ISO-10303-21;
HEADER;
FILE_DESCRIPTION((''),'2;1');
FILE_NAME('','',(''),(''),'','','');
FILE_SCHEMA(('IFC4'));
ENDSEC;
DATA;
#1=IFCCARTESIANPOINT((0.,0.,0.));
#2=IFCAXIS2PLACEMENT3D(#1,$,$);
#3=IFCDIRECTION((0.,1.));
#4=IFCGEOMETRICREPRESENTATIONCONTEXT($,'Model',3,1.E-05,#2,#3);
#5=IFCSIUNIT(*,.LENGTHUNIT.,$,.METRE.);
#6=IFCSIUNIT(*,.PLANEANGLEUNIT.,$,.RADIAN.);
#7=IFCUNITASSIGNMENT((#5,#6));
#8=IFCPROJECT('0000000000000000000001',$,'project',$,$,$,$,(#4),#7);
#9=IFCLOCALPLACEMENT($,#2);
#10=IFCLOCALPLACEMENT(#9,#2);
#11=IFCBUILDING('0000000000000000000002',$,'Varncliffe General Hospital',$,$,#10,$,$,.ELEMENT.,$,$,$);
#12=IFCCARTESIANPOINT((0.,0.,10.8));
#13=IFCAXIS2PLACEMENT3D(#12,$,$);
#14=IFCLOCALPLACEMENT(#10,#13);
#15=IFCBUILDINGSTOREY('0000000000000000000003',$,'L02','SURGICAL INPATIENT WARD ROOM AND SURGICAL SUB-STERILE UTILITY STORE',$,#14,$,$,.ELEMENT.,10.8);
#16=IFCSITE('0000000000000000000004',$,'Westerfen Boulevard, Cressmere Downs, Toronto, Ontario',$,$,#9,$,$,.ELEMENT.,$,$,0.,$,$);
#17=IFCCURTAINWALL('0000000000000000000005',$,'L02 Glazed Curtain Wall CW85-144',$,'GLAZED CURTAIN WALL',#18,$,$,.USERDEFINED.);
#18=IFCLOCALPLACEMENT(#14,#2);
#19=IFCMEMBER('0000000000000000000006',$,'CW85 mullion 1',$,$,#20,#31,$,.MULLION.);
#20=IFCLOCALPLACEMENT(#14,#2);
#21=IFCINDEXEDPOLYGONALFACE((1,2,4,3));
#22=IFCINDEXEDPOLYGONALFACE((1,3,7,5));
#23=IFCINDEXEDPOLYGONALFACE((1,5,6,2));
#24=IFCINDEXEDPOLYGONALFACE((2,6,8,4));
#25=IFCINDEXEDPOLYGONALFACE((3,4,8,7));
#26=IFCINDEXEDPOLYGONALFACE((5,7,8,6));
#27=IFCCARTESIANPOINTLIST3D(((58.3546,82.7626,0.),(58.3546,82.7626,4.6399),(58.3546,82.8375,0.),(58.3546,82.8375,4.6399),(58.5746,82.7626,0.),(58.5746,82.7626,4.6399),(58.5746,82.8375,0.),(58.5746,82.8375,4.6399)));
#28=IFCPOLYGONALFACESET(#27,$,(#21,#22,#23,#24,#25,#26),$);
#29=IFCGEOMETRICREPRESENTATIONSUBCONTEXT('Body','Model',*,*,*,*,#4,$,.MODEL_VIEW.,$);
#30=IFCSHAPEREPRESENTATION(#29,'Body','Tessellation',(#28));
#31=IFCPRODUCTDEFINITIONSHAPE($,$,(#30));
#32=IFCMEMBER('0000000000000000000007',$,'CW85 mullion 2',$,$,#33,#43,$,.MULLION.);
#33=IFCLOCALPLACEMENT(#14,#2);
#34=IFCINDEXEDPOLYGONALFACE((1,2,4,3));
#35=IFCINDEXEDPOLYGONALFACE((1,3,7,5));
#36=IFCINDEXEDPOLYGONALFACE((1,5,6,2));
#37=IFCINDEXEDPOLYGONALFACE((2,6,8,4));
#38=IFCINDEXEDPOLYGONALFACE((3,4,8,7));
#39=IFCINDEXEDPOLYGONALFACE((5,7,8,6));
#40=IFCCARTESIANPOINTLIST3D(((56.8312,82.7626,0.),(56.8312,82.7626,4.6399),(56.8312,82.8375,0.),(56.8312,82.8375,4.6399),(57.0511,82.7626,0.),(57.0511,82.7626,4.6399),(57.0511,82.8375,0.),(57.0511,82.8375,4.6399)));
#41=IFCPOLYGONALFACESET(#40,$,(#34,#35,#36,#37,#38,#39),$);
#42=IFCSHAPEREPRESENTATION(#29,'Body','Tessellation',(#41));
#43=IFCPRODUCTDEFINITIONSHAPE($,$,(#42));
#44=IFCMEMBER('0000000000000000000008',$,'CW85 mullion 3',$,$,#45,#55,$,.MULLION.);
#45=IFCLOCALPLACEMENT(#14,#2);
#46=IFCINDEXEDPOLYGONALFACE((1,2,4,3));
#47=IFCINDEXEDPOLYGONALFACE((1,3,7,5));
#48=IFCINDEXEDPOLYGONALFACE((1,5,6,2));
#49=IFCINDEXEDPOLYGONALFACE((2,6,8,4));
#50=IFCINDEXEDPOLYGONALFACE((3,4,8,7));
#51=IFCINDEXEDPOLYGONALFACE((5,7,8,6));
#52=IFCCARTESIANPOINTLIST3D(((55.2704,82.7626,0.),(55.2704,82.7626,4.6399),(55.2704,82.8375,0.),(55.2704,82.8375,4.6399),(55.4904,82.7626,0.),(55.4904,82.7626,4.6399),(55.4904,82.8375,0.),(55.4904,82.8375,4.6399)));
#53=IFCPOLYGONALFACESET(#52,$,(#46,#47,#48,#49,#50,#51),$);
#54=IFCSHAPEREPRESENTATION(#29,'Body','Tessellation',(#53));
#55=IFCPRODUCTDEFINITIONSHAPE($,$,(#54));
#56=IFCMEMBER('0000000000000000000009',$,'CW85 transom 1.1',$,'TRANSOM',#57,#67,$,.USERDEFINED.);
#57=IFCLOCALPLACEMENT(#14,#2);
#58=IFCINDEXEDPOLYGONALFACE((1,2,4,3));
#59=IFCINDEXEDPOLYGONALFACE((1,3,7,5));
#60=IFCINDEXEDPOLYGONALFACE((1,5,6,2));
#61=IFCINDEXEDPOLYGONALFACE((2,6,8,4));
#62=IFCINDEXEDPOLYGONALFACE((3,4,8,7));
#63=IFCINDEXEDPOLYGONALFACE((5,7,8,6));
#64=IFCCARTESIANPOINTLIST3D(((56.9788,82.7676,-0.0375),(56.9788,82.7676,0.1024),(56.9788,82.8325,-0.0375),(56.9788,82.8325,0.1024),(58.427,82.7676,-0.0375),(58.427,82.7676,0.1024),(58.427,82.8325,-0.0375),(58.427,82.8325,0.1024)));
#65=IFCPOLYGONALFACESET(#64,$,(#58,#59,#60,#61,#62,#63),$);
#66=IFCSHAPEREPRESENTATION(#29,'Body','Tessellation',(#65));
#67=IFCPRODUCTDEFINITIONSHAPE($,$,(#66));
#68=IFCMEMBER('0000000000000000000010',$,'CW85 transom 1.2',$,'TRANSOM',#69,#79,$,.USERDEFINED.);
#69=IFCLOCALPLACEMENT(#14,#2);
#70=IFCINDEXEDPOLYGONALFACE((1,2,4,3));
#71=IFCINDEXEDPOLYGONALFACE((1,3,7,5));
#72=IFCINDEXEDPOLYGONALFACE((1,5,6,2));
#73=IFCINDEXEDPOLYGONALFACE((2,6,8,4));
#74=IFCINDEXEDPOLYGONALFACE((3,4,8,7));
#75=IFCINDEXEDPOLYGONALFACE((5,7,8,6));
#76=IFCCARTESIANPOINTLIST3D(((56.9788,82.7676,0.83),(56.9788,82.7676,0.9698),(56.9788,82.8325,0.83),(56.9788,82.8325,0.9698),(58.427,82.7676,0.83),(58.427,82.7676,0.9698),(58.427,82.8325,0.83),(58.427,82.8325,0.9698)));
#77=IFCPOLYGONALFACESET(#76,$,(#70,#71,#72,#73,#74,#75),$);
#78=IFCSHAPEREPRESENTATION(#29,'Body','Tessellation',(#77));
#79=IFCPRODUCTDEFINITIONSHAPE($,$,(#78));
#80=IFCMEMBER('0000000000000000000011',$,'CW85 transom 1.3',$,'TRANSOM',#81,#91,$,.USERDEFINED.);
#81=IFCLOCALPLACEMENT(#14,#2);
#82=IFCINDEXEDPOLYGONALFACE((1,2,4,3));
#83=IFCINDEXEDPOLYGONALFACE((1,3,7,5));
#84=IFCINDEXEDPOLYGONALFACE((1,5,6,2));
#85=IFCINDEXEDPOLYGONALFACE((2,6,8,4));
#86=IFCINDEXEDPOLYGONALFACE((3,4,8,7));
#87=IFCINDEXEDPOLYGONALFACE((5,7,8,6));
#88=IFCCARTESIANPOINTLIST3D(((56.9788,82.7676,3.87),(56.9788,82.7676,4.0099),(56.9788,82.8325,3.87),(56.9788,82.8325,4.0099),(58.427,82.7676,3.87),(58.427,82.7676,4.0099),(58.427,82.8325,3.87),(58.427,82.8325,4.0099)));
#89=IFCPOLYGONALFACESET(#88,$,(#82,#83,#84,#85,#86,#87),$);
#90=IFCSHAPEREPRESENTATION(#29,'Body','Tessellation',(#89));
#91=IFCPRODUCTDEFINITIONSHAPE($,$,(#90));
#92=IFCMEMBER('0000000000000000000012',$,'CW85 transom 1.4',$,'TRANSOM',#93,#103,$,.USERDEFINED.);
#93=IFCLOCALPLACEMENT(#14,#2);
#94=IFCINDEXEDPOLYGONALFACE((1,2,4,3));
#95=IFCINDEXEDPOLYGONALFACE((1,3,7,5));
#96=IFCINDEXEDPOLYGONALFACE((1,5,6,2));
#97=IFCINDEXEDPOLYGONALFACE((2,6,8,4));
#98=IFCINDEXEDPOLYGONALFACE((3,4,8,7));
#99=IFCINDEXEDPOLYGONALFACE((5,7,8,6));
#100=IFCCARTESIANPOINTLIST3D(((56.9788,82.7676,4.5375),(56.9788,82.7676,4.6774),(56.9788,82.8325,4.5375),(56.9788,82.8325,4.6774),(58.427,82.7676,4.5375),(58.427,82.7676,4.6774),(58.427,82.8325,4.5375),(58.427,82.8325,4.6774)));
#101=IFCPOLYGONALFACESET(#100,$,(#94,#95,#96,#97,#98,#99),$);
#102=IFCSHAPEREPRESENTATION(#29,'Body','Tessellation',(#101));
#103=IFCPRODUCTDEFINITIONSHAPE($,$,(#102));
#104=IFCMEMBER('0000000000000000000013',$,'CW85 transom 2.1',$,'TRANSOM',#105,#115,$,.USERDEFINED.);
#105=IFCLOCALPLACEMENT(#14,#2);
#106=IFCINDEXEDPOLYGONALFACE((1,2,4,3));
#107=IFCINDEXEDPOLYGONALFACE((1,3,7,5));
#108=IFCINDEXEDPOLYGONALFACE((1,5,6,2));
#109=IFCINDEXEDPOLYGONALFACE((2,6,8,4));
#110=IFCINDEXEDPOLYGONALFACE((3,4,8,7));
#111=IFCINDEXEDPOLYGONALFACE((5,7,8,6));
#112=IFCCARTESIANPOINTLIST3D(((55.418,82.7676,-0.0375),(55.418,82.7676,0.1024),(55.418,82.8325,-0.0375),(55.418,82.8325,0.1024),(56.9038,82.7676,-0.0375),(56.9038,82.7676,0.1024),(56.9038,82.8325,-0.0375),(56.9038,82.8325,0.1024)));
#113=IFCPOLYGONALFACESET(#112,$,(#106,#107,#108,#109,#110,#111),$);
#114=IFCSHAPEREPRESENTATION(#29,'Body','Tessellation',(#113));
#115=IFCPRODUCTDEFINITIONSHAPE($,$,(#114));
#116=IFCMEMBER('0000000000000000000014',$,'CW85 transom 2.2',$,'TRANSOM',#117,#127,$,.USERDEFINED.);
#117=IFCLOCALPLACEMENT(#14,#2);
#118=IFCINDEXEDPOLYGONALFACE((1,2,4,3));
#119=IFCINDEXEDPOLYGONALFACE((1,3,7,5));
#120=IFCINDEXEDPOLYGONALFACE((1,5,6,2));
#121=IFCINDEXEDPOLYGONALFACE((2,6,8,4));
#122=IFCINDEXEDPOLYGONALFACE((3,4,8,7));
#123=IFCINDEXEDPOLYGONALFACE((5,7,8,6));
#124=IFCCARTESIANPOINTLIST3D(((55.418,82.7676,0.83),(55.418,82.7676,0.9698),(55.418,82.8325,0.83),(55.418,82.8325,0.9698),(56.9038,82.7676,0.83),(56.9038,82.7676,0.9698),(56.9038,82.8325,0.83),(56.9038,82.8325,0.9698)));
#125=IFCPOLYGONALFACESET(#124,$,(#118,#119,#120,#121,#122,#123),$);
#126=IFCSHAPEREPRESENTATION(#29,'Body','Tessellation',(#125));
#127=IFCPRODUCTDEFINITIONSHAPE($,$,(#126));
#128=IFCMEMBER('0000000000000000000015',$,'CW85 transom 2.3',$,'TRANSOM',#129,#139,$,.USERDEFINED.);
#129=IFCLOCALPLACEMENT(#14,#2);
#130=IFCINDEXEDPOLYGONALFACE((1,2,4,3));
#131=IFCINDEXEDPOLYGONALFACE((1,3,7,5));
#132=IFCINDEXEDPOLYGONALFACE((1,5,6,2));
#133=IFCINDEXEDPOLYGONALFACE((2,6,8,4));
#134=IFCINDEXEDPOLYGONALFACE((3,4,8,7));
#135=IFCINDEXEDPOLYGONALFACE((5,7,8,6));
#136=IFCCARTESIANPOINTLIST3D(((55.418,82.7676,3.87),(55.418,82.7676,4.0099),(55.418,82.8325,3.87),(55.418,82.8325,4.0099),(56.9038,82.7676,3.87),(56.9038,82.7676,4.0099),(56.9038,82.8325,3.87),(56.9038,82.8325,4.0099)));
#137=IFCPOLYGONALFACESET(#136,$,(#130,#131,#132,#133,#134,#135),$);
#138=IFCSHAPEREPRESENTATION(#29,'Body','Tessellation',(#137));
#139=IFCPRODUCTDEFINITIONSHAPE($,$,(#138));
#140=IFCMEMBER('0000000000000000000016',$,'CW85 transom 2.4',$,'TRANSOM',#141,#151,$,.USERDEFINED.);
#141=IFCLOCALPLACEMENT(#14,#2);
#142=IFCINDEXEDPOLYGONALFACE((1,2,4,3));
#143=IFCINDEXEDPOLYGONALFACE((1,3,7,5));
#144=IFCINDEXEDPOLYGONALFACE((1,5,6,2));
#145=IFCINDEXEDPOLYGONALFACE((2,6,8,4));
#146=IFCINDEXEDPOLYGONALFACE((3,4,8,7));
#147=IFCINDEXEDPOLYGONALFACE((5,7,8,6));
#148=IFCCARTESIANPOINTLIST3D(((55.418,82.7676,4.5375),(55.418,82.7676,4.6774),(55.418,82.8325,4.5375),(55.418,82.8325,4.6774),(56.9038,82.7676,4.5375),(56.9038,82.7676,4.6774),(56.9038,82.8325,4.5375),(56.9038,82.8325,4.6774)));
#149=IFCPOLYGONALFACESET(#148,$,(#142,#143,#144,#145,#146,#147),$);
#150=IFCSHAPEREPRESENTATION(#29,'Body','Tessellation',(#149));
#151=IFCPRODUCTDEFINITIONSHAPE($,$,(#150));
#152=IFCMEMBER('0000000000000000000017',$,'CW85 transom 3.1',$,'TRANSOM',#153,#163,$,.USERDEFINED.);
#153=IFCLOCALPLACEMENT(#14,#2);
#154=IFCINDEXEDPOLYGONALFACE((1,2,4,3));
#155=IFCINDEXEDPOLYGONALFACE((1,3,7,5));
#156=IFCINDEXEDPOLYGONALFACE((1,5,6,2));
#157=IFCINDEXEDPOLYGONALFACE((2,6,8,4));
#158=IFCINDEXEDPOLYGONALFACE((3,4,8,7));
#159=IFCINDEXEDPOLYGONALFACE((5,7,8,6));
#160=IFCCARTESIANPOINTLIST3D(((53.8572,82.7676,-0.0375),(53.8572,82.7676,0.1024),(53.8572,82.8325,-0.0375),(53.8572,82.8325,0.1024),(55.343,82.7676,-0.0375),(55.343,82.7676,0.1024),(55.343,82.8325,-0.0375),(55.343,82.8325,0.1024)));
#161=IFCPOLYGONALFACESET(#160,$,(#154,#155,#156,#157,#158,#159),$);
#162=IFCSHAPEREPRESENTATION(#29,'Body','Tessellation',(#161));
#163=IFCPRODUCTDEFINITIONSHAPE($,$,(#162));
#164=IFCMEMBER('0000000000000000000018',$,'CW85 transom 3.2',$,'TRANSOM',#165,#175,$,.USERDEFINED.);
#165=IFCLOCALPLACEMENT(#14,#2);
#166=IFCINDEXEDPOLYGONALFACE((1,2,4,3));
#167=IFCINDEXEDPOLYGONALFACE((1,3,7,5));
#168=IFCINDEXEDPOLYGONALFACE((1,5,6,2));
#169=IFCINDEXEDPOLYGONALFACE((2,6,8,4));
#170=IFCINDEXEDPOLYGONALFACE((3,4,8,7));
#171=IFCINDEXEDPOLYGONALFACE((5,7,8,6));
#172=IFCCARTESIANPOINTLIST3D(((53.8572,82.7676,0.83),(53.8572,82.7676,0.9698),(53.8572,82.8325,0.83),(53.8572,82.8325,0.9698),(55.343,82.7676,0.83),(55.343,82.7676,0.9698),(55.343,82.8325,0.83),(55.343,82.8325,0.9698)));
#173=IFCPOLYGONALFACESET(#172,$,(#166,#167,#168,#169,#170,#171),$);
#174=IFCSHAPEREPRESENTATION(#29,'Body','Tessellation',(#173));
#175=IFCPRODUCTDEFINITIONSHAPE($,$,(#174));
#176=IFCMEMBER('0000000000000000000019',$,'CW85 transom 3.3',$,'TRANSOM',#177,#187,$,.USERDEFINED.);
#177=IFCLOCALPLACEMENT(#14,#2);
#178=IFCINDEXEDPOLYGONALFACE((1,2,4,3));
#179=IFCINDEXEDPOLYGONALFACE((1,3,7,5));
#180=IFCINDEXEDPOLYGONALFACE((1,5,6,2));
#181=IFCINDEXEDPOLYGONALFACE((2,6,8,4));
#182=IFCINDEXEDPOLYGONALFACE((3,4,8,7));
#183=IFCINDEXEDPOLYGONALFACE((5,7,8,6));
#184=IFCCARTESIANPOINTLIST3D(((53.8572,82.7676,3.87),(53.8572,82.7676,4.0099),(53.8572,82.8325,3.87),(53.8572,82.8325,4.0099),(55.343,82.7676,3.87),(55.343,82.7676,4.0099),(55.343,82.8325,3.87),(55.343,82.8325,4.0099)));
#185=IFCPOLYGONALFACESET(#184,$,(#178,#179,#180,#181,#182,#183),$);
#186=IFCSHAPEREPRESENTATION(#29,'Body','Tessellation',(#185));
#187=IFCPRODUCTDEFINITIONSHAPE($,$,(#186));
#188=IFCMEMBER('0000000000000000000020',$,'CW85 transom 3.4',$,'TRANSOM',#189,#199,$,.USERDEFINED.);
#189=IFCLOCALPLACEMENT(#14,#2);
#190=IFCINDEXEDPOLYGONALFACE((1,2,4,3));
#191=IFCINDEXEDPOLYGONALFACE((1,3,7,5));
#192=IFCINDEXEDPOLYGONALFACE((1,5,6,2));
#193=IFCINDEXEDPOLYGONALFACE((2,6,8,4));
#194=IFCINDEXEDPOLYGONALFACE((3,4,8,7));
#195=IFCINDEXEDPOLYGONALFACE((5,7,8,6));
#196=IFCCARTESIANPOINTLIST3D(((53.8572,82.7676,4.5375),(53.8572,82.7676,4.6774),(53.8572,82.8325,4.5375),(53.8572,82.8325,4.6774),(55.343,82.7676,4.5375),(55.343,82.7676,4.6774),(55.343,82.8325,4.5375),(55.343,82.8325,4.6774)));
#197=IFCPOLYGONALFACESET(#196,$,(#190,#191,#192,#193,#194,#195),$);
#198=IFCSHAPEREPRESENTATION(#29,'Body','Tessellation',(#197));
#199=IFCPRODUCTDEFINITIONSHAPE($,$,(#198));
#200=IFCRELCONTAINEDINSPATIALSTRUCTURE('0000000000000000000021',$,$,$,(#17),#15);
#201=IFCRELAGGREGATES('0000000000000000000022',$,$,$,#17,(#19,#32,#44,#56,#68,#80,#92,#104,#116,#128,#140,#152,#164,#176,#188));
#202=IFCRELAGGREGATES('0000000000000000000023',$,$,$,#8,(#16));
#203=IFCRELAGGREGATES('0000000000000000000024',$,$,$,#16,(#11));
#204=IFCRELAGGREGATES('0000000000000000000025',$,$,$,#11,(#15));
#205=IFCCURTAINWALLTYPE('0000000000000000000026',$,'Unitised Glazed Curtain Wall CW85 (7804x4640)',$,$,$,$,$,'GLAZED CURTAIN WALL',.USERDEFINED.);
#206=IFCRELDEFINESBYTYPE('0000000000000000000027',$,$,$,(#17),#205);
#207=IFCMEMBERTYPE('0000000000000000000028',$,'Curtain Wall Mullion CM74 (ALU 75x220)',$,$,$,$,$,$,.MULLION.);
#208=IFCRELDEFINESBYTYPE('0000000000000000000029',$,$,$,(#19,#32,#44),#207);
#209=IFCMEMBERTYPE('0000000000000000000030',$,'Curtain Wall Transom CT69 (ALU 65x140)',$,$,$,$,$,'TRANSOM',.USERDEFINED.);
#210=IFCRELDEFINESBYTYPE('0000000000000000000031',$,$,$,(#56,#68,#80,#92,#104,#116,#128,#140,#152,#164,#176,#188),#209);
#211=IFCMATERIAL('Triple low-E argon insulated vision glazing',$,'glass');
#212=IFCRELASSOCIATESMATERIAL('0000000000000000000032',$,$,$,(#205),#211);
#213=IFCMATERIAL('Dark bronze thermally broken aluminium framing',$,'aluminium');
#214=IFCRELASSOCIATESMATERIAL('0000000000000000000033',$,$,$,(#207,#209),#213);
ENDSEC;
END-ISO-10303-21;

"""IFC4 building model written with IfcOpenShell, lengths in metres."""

from ifc_helpers import new_model, si_unit, direction, frame, origin, origin_2d, place, context, subcontext, project, spatial, rectangle, extrude, material, material_profile, profile_set, type_object, element, aggregate, save


model = new_model("IFC4")

# Units and contexts
model_context = context("Model", 3, precision=1e-05, world=origin(), true_north=direction((0.0, 1.0)))
body_context = subcontext(model_context, "Body", "Model", "MODEL_VIEW")
ifc_project = project(units=[si_unit("LENGTHUNIT", "METRE"), si_unit("PLANEANGLEUNIT", "RADIAN")], contexts=[model_context])

# Site, building, storey
site_placement = place(None, origin())
site = spatial("IfcSite", under=ifc_project, at=site_placement, Name="Westerfen Boulevard, Cressmere Downs, Toronto, Ontario", CompositionType="ELEMENT", RefElevation=0.0)
building_placement = place(site_placement, origin())
building = spatial("IfcBuilding", under=site, at=building_placement, Name="Varncliffe General Hospital", CompositionType="ELEMENT")
storey_placement = place(building_placement, frame((0.0, 0.0, 10.8)))
storey = spatial("IfcBuildingStorey", under=building, at=storey_placement, Name="L02", Description="SURGICAL INPATIENT WARD ROOM AND SURGICAL SUB-STERILE UTILITY STORE", CompositionType="ELEMENT", Elevation=10.8)

# Curtain wall, members
ifc_material_1 = material(Name="Triple low-E argon insulated vision glazing", Category="glass")
curtain_wall_type = type_object("IfcCurtainWallType", Name="Unitised Glazed Curtain Wall CW85 (7804x4640)", ElementType="GLAZED CURTAIN WALL", PredefinedType="USERDEFINED", material=ifc_material_1)
curtain_wall_placement = place(storey_placement, origin())
curtain_wall = element("IfcCurtainWall", 1, at=curtain_wall_placement, inside=storey, type_object=curtain_wall_type, Name="L02 Glazed Curtain Wall CW85-144", ObjectType="GLAZED CURTAIN WALL", PredefinedType="USERDEFINED")
ifc_material_2 = material(Name="Dark bronze thermally broken aluminium framing", Category="aluminium")
ifc_material_profile_1 = material_profile(ifc_material_2, rectangle(XDim=0.075, YDim=0.22, at=origin_2d()), Name="ALU 75x220")
ifc_profile_set_1 = profile_set([ifc_material_profile_1], Name="Dark bronze thermally broken aluminium framing")
member_type_1 = type_object("IfcMemberType", Name="Curtain Wall Mullion CM74 (ALU 75x220)", PredefinedType="MULLION", material=ifc_profile_set_1)
member_1_placement = place(storey_placement, frame((58.4646, 82.8, 0.0), z_axis=(0.0, 0.0, 1.0), x_axis=(0.0, -1.0, 0.0)))
member_1 = element("IfcMember", 2, at=member_1_placement, type_object=member_type_1, Name="CW85 mullion 1", PredefinedType="MULLION", context=body_context, shape_type="SweptSolid", body=[
    extrude(rectangle(XDim=0.075, YDim=0.22, at=origin_2d()), origin(), (0.0, 0.0, 1.0), 4.6399),
])
member_2_placement = place(storey_placement, frame((56.9412, 82.8, 0.0), z_axis=(0.0, 0.0, 1.0), x_axis=(0.0, -1.0, 0.0)))
member_2 = element("IfcMember", 3, at=member_2_placement, type_object=member_type_1, Name="CW85 mullion 2", PredefinedType="MULLION", context=body_context, shape_type="SweptSolid", body=[
    extrude(rectangle(XDim=0.075, YDim=0.22, at=origin_2d()), origin(), (0.0, 0.0, 1.0), 4.6399),
])
member_3_placement = place(storey_placement, frame((55.3804, 82.8, 0.0), z_axis=(0.0, 0.0, 1.0), x_axis=(0.0, -1.0, 0.0)))
member_3 = element("IfcMember", 4, at=member_3_placement, type_object=member_type_1, Name="CW85 mullion 3", PredefinedType="MULLION", context=body_context, shape_type="SweptSolid", body=[
    extrude(rectangle(XDim=0.075, YDim=0.22, at=origin_2d()), origin(), (0.0, 0.0, 1.0), 4.6399),
])
ifc_material_profile_2 = material_profile(ifc_material_2, rectangle(XDim=0.0649, YDim=0.1399, at=origin_2d()), Name="ALU 65x140")
ifc_profile_set_2 = profile_set([ifc_material_profile_2], Name="Dark bronze thermally broken aluminium framing")
member_type_2 = type_object("IfcMemberType", Name="Curtain Wall Transom CT69 (ALU 65x140)", ElementType="TRANSOM", PredefinedType="USERDEFINED", material=ifc_profile_set_2)
member_4_placement = place(storey_placement, frame((58.427, 82.8, 0.0325), z_axis=(-1.0, 0.0, 0.0), x_axis=(0.0, -1.0, 0.0)))
member_4 = element("IfcMember", 5, at=member_4_placement, type_object=member_type_2, Name="CW85 transom 1.1", ObjectType="TRANSOM", PredefinedType="USERDEFINED", context=body_context, shape_type="SweptSolid", body=[
    extrude(rectangle(XDim=0.0649, YDim=0.1399, at=origin_2d()), origin(), (0.0, 0.0, 1.0), 1.4482),
])
member_5_placement = place(storey_placement, frame((58.427, 82.8, 0.8999), z_axis=(-1.0, 0.0, 0.0), x_axis=(0.0, -1.0, 0.0)))
member_5 = element("IfcMember", 6, at=member_5_placement, type_object=member_type_2, Name="CW85 transom 1.2", ObjectType="TRANSOM", PredefinedType="USERDEFINED", context=body_context, shape_type="SweptSolid", body=[
    extrude(rectangle(XDim=0.0649, YDim=0.1399, at=origin_2d()), origin(), (0.0, 0.0, 1.0), 1.4482),
])
member_6_placement = place(storey_placement, frame((58.427, 82.8, 3.9399), z_axis=(-1.0, 0.0, 0.0), x_axis=(0.0, -1.0, 0.0)))
member_6 = element("IfcMember", 7, at=member_6_placement, type_object=member_type_2, Name="CW85 transom 1.3", ObjectType="TRANSOM", PredefinedType="USERDEFINED", context=body_context, shape_type="SweptSolid", body=[
    extrude(rectangle(XDim=0.0649, YDim=0.1399, at=origin_2d()), origin(), (0.0, 0.0, 1.0), 1.4482),
])
member_7_placement = place(storey_placement, frame((58.427, 82.8, 4.6074), z_axis=(-1.0, 0.0, 0.0), x_axis=(0.0, -1.0, 0.0)))
member_7 = element("IfcMember", 8, at=member_7_placement, type_object=member_type_2, Name="CW85 transom 1.4", ObjectType="TRANSOM", PredefinedType="USERDEFINED", context=body_context, shape_type="SweptSolid", body=[
    extrude(rectangle(XDim=0.0649, YDim=0.1399, at=origin_2d()), origin(), (0.0, 0.0, 1.0), 1.4482),
])
member_8_placement = place(storey_placement, frame((56.9038, 82.8, 0.0325), z_axis=(-1.0, 0.0, 0.0), x_axis=(0.0, -1.0, 0.0)))
member_8 = element("IfcMember", 9, at=member_8_placement, type_object=member_type_2, Name="CW85 transom 2.1", ObjectType="TRANSOM", PredefinedType="USERDEFINED", context=body_context, shape_type="SweptSolid", body=[
    extrude(rectangle(XDim=0.0649, YDim=0.1399, at=origin_2d()), origin(), (0.0, 0.0, 1.0), 1.4858),
])
member_9_placement = place(storey_placement, frame((56.9038, 82.8, 0.8999), z_axis=(-1.0, 0.0, 0.0), x_axis=(0.0, -1.0, 0.0)))
member_9 = element("IfcMember", 10, at=member_9_placement, type_object=member_type_2, Name="CW85 transom 2.2", ObjectType="TRANSOM", PredefinedType="USERDEFINED", context=body_context, shape_type="SweptSolid", body=[
    extrude(rectangle(XDim=0.0649, YDim=0.1399, at=origin_2d()), origin(), (0.0, 0.0, 1.0), 1.4858),
])
member_10_placement = place(storey_placement, frame((56.9038, 82.8, 3.9399), z_axis=(-1.0, 0.0, 0.0), x_axis=(0.0, -1.0, 0.0)))
member_10 = element("IfcMember", 11, at=member_10_placement, type_object=member_type_2, Name="CW85 transom 2.3", ObjectType="TRANSOM", PredefinedType="USERDEFINED", context=body_context, shape_type="SweptSolid", body=[
    extrude(rectangle(XDim=0.0649, YDim=0.1399, at=origin_2d()), origin(), (0.0, 0.0, 1.0), 1.4858),
])
member_11_placement = place(storey_placement, frame((56.9038, 82.8, 4.6074), z_axis=(-1.0, 0.0, 0.0), x_axis=(0.0, -1.0, 0.0)))
member_11 = element("IfcMember", 12, at=member_11_placement, type_object=member_type_2, Name="CW85 transom 2.4", ObjectType="TRANSOM", PredefinedType="USERDEFINED", context=body_context, shape_type="SweptSolid", body=[
    extrude(rectangle(XDim=0.0649, YDim=0.1399, at=origin_2d()), origin(), (0.0, 0.0, 1.0), 1.4858),
])
member_12_placement = place(storey_placement, frame((55.343, 82.8, 0.0325), z_axis=(-1.0, 0.0, 0.0), x_axis=(0.0, -1.0, 0.0)))
member_12 = element("IfcMember", 13, at=member_12_placement, type_object=member_type_2, Name="CW85 transom 3.1", ObjectType="TRANSOM", PredefinedType="USERDEFINED", context=body_context, shape_type="SweptSolid", body=[
    extrude(rectangle(XDim=0.0649, YDim=0.1399, at=origin_2d()), origin(), (0.0, 0.0, 1.0), 1.4858),
])
member_13_placement = place(storey_placement, frame((55.343, 82.8, 0.8999), z_axis=(-1.0, 0.0, 0.0), x_axis=(0.0, -1.0, 0.0)))
member_13 = element("IfcMember", 14, at=member_13_placement, type_object=member_type_2, Name="CW85 transom 3.2", ObjectType="TRANSOM", PredefinedType="USERDEFINED", context=body_context, shape_type="SweptSolid", body=[
    extrude(rectangle(XDim=0.0649, YDim=0.1399, at=origin_2d()), origin(), (0.0, 0.0, 1.0), 1.4858),
])
member_14_placement = place(storey_placement, frame((55.343, 82.8, 3.9399), z_axis=(-1.0, 0.0, 0.0), x_axis=(0.0, -1.0, 0.0)))
member_14 = element("IfcMember", 15, at=member_14_placement, type_object=member_type_2, Name="CW85 transom 3.3", ObjectType="TRANSOM", PredefinedType="USERDEFINED", context=body_context, shape_type="SweptSolid", body=[
    extrude(rectangle(XDim=0.0649, YDim=0.1399, at=origin_2d()), origin(), (0.0, 0.0, 1.0), 1.4858),
])
member_15_placement = place(storey_placement, frame((55.343, 82.8, 4.6074), z_axis=(-1.0, 0.0, 0.0), x_axis=(0.0, -1.0, 0.0)))
member_15 = element("IfcMember", 16, at=member_15_placement, type_object=member_type_2, Name="CW85 transom 3.4", ObjectType="TRANSOM", PredefinedType="USERDEFINED", context=body_context, shape_type="SweptSolid", body=[
    extrude(rectangle(XDim=0.0649, YDim=0.1399, at=origin_2d()), origin(), (0.0, 0.0, 1.0), 1.4858),
])
aggregate(curtain_wall, [member_1, member_2, member_3, member_4, member_5, member_6, member_7, member_8, member_9, member_10, member_11, member_12, member_13, member_14, member_15])

save(model, "model.ifc")
